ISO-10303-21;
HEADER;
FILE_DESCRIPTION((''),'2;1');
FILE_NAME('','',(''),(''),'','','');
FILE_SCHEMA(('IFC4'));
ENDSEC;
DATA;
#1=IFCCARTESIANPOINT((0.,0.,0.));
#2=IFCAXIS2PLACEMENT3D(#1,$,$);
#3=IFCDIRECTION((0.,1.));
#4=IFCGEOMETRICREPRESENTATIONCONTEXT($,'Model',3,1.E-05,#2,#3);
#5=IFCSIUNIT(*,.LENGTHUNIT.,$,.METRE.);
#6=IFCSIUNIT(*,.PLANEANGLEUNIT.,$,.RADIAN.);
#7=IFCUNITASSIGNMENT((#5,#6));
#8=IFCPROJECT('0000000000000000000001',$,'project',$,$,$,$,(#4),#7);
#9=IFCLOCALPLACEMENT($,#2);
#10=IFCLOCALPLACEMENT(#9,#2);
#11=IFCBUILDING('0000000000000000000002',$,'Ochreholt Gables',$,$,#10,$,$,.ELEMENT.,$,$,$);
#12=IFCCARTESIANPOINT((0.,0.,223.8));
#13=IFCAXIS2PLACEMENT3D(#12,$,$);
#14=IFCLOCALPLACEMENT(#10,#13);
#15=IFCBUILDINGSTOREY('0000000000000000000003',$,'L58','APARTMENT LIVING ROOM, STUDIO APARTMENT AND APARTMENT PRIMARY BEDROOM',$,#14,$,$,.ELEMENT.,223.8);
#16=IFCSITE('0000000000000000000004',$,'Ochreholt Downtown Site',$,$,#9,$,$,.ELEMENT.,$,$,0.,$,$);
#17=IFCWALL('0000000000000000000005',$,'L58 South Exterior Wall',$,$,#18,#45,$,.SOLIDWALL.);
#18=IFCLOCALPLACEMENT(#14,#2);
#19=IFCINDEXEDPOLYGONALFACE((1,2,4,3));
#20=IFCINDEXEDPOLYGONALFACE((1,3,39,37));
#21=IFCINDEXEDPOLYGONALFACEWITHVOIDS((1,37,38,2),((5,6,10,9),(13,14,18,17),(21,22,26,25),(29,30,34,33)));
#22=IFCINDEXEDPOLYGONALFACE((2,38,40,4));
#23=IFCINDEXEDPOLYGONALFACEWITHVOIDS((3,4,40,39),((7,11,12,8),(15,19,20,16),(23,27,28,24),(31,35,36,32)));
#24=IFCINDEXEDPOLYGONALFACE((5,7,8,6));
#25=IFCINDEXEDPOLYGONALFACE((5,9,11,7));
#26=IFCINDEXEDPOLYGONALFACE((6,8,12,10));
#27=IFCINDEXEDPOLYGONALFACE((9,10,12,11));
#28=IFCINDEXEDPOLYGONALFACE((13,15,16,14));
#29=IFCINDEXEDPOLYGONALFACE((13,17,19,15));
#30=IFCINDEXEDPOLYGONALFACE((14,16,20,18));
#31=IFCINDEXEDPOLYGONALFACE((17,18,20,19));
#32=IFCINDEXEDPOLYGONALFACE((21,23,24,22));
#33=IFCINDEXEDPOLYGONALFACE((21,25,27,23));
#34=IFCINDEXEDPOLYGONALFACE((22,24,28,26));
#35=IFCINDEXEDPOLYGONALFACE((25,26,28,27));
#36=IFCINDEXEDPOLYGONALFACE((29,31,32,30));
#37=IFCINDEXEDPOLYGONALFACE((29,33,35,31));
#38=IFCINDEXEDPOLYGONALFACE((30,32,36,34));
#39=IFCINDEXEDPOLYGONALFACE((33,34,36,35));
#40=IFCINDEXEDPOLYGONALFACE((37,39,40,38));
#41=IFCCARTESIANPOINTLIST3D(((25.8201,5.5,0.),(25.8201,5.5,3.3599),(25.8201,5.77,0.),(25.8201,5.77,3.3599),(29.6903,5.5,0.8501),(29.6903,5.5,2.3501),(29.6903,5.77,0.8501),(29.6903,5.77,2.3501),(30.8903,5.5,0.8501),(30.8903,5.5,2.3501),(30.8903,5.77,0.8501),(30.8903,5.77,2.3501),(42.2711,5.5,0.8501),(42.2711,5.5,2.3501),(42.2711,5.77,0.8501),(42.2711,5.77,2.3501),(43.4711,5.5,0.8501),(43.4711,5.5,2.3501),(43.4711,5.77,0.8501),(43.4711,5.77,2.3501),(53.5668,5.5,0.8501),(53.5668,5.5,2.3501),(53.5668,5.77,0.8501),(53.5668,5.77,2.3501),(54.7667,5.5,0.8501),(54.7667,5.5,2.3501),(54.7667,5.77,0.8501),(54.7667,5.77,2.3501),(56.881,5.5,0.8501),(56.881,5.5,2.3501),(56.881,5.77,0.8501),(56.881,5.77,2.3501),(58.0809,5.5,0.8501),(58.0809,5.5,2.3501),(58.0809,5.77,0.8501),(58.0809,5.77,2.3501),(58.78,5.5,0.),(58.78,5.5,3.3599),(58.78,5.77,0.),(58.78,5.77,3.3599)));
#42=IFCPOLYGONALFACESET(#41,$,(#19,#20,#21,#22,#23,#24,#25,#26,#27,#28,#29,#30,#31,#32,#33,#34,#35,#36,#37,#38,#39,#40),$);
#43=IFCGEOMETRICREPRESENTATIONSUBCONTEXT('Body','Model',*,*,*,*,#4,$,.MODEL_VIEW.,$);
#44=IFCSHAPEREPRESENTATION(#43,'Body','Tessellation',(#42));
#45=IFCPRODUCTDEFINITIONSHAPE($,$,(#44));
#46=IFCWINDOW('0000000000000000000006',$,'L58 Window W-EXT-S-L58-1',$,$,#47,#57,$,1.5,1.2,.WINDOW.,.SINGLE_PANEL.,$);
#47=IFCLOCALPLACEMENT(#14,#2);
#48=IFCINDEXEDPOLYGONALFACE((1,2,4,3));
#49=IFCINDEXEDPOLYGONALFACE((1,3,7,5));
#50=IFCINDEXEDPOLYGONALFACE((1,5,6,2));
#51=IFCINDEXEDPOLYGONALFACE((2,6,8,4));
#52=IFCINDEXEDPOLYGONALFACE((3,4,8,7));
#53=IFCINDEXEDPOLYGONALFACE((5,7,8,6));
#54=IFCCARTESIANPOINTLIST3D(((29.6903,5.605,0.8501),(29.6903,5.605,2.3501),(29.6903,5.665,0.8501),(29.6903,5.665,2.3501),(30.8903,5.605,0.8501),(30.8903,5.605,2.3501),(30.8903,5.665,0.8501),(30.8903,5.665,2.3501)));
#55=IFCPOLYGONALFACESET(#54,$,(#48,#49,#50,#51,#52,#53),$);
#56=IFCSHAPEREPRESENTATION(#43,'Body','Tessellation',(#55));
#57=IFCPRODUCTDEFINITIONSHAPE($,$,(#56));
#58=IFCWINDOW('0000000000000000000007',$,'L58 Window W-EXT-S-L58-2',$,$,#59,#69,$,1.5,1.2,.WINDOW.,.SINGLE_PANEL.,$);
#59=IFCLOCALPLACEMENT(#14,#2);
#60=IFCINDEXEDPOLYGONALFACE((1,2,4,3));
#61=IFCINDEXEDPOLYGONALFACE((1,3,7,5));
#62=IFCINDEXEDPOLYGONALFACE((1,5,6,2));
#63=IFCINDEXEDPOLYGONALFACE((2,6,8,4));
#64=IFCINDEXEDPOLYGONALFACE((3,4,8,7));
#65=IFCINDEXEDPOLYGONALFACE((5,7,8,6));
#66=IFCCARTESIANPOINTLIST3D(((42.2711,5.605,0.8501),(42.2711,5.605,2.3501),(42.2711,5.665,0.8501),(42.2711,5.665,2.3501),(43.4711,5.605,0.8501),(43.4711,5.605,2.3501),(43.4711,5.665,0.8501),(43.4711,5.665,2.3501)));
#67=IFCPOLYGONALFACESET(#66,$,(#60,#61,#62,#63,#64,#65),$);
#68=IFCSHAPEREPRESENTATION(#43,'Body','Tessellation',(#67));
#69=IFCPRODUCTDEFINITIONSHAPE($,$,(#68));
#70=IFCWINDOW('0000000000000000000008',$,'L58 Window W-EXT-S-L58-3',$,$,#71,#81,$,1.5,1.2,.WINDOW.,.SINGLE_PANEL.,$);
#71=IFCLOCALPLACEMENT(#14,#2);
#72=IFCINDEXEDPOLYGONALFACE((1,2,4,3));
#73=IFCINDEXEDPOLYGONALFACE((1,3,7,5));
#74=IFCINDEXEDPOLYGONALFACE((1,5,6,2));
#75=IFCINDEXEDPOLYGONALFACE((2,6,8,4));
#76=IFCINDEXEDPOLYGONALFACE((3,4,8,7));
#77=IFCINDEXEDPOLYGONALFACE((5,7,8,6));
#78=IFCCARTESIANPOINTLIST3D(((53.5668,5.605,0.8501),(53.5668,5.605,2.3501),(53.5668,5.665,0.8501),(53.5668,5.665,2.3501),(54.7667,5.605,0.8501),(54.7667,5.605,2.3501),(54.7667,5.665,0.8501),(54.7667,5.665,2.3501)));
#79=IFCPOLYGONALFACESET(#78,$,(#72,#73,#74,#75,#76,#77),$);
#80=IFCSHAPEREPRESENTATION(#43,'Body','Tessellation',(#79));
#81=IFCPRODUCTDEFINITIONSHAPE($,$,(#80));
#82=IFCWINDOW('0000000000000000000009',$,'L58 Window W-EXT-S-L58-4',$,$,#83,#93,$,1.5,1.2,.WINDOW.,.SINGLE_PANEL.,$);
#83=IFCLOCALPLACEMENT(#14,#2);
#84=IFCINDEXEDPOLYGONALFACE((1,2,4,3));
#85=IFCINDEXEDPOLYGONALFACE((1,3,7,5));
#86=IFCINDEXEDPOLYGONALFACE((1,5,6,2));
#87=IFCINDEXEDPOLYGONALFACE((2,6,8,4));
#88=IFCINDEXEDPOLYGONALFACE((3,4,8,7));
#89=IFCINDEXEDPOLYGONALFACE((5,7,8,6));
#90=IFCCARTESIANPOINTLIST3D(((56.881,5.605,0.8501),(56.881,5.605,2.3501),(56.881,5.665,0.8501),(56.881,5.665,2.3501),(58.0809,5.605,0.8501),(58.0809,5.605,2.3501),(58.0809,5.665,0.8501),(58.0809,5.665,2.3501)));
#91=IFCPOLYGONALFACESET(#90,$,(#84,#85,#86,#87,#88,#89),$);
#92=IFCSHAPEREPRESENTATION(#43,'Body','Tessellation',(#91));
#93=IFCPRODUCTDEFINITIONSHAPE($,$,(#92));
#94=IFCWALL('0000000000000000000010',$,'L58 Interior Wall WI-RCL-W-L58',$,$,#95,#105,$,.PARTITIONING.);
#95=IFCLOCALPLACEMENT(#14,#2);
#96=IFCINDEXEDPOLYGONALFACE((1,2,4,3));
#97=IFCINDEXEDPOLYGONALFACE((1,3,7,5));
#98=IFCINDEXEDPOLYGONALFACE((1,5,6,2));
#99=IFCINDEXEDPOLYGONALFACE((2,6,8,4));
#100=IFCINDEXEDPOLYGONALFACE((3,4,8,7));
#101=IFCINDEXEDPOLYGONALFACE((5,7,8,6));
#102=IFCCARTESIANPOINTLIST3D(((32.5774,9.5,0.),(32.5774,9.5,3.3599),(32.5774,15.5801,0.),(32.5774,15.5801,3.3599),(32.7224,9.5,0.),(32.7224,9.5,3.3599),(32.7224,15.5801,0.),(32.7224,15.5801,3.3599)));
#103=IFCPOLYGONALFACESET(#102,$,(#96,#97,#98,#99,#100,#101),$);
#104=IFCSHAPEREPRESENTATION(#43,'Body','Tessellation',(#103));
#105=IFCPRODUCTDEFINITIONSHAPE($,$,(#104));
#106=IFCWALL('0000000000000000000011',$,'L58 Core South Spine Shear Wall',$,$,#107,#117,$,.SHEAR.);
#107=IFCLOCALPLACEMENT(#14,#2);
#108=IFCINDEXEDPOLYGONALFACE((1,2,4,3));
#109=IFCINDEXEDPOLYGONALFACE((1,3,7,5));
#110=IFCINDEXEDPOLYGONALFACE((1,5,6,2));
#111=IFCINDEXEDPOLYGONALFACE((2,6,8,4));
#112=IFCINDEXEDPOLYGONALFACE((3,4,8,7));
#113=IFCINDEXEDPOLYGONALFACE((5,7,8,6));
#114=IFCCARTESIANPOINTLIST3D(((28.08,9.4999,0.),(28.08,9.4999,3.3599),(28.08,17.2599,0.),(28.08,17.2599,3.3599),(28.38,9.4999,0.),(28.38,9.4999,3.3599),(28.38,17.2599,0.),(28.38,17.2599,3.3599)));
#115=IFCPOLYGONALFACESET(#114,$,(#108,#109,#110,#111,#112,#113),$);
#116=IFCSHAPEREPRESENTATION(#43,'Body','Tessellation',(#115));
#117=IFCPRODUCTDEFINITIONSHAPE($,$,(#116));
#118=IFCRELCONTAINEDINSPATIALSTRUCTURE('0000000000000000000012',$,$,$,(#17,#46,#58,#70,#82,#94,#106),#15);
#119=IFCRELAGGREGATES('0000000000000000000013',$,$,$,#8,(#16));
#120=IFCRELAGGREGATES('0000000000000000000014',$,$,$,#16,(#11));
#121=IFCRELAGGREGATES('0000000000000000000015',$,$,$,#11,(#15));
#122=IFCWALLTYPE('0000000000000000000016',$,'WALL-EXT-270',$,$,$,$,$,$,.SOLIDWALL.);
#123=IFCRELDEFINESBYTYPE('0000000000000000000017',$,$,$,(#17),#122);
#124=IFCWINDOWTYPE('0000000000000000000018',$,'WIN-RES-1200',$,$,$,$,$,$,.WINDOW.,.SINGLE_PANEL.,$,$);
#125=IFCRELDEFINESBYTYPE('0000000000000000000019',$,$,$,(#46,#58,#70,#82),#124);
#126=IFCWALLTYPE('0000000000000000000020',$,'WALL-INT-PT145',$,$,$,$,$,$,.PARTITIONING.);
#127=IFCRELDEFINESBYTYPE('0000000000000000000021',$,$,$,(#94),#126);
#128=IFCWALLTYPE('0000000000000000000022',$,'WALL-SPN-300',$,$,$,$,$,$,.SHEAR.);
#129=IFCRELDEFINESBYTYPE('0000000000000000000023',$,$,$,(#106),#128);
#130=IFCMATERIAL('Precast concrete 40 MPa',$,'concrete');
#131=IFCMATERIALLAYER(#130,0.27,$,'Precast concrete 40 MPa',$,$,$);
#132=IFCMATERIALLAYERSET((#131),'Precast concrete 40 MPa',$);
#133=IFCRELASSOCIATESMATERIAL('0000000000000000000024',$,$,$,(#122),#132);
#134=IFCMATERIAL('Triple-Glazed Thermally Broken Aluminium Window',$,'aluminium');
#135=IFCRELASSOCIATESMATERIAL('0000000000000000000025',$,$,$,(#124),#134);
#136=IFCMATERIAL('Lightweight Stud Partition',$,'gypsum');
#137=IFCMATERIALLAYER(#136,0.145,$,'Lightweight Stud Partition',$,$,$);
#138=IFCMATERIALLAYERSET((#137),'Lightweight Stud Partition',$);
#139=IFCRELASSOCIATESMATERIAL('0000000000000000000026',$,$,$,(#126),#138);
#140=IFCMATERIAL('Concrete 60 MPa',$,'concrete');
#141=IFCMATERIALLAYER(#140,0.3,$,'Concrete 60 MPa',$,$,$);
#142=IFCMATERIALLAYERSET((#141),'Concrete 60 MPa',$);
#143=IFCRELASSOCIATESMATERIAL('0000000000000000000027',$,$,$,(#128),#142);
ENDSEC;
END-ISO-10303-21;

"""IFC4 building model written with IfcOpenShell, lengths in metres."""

from ifc_helpers import new_model, si_unit, direction, frame, frame_2d, origin, place, context, subcontext, project, spatial, rectangle, extrude, material, layer, layer_set, type_object, element, fill, save


model = new_model("IFC4")

# Units and contexts
model_context = context("Model", 3, precision=1e-05, world=origin(), true_north=direction((0.0, 1.0)))
body_context = subcontext(model_context, "Body", "Model", "MODEL_VIEW")
ifc_project = project(units=[si_unit("LENGTHUNIT", "METRE"), si_unit("PLANEANGLEUNIT", "RADIAN")], contexts=[model_context])

# Site, building, storey
site_placement = place(None, origin())
site = spatial("IfcSite", under=ifc_project, at=site_placement, Name="Ochreholt Downtown Site", CompositionType="ELEMENT", RefElevation=0.0)
building_placement = place(site_placement, origin())
building = spatial("IfcBuilding", under=site, at=building_placement, Name="Ochreholt Gables", CompositionType="ELEMENT")
storey_placement = place(building_placement, frame((0.0, 0.0, 223.8)))
storey = spatial("IfcBuildingStorey", under=building, at=storey_placement, Name="L58", Description="APARTMENT LIVING ROOM, STUDIO APARTMENT AND APARTMENT PRIMARY BEDROOM", CompositionType="ELEMENT", Elevation=223.8)

# Wall, openings, windows
ifc_material_1 = material(Name="Precast concrete 40 MPa", Category="concrete")
ifc_layer_1 = layer(ifc_material_1, 0.27, Name="Precast concrete 40 MPa")
ifc_layer_set_1 = layer_set([ifc_layer_1], Name="Precast concrete 40 MPa")
wall_type_1 = type_object("IfcWallType", Name="WALL-EXT-270", PredefinedType="SOLIDWALL", material=ifc_layer_set_1)
wall_1_placement = place(storey_placement, frame((25.8201, 5.635, 0.0), z_axis=(0.0, 0.0, 1.0), x_axis=(1.0, 0.0, 0.0)))
wall_1 = element("IfcWall", 1, at=wall_1_placement, inside=storey, type_object=wall_type_1, Name="L58 South Exterior Wall", PredefinedType="SOLIDWALL", context=body_context, shape_type="SweptSolid", body=[
    extrude(rectangle(XDim=32.96, YDim=0.27, at=frame_2d((16.48, 0.0))), origin(), (0.0, 0.0, 1.0), 3.3599),
])
opening_1_placement = place(wall_1_placement, frame((3.8701, 0.0, 0.8501)))
opening_1 = element("IfcOpeningElement", 2, at=opening_1_placement, cuts=wall_1, PredefinedType="OPENING", context=body_context, shape_type="SweptSolid", body=[
    extrude(rectangle(XDim=1.2, YDim=1.5, at=frame_2d((0.6001, 0.75))), frame((0.0, 0.145, 0.0), z_axis=(0.0, -1.0, 0.0), x_axis=(1.0, 0.0, 0.0)), (0.0, 0.0, 1.0), 0.29),
])
opening_2_placement = place(wall_1_placement, frame((16.4509, 0.0, 0.8501)))
opening_2 = element("IfcOpeningElement", 3, at=opening_2_placement, cuts=wall_1, PredefinedType="OPENING", context=body_context, shape_type="SweptSolid", body=[
    extrude(rectangle(XDim=1.2, YDim=1.5, at=frame_2d((0.6001, 0.75))), frame((0.0, 0.145, 0.0), z_axis=(0.0, -1.0, 0.0), x_axis=(1.0, 0.0, 0.0)), (0.0, 0.0, 1.0), 0.29),
])
opening_3_placement = place(wall_1_placement, frame((27.7466, 0.0, 0.8501)))
opening_3 = element("IfcOpeningElement", 4, at=opening_3_placement, cuts=wall_1, PredefinedType="OPENING", context=body_context, shape_type="SweptSolid", body=[
    extrude(rectangle(XDim=1.2, YDim=1.5, at=frame_2d((0.6001, 0.75))), frame((0.0, 0.145, 0.0), z_axis=(0.0, -1.0, 0.0), x_axis=(1.0, 0.0, 0.0)), (0.0, 0.0, 1.0), 0.29),
])
opening_4_placement = place(wall_1_placement, frame((31.0608, 0.0, 0.8501)))
opening_4 = element("IfcOpeningElement", 5, at=opening_4_placement, cuts=wall_1, PredefinedType="OPENING", context=body_context, shape_type="SweptSolid", body=[
    extrude(rectangle(XDim=1.2, YDim=1.5, at=frame_2d((0.6001, 0.75))), frame((0.0, 0.145, 0.0), z_axis=(0.0, -1.0, 0.0), x_axis=(1.0, 0.0, 0.0)), (0.0, 0.0, 1.0), 0.29),
])
ifc_material_2 = material(Name="Triple-Glazed Thermally Broken Aluminium Window", Category="aluminium")
window_type = type_object("IfcWindowType", Name="WIN-RES-1200", PartitioningType="SINGLE_PANEL", PredefinedType="WINDOW", material=ifc_material_2)
window_1_placement = place(opening_1_placement, origin())
window_1 = element("IfcWindow", 6, at=window_1_placement, inside=storey, type_object=window_type, Name="L58 Window W-EXT-S-L58-1", OverallHeight=1.5, OverallWidth=1.2, PartitioningType="SINGLE_PANEL", PredefinedType="WINDOW", context=body_context, shape_type="SweptSolid", body=[
    extrude(rectangle(XDim=1.2, YDim=1.5, at=frame_2d((0.6001, 0.75))), frame((0.0, 0.03, 0.0), z_axis=(0.0, -1.0, 0.0), x_axis=(1.0, 0.0, 0.0)), (0.0, 0.0, 1.0), 0.0601),
])
fill(opening_1, window_1)
window_2_placement = place(opening_2_placement, origin())
window_2 = element("IfcWindow", 7, at=window_2_placement, inside=storey, type_object=window_type, Name="L58 Window W-EXT-S-L58-2", OverallHeight=1.5, OverallWidth=1.2, PartitioningType="SINGLE_PANEL", PredefinedType="WINDOW", context=body_context, shape_type="SweptSolid", body=[
    extrude(rectangle(XDim=1.2, YDim=1.5, at=frame_2d((0.6001, 0.75))), frame((0.0, 0.03, 0.0), z_axis=(0.0, -1.0, 0.0), x_axis=(1.0, 0.0, 0.0)), (0.0, 0.0, 1.0), 0.0601),
])
fill(opening_2, window_2)
window_3_placement = place(opening_3_placement, origin())
window_3 = element("IfcWindow", 8, at=window_3_placement, inside=storey, type_object=window_type, Name="L58 Window W-EXT-S-L58-3", OverallHeight=1.5, OverallWidth=1.2, PartitioningType="SINGLE_PANEL", PredefinedType="WINDOW", context=body_context, shape_type="SweptSolid", body=[
    extrude(rectangle(XDim=1.2, YDim=1.5, at=frame_2d((0.6001, 0.75))), frame((0.0, 0.03, 0.0), z_axis=(0.0, -1.0, 0.0), x_axis=(1.0, 0.0, 0.0)), (0.0, 0.0, 1.0), 0.0601),
])
fill(opening_3, window_3)
window_4_placement = place(opening_4_placement, origin())
window_4 = element("IfcWindow", 9, at=window_4_placement, inside=storey, type_object=window_type, Name="L58 Window W-EXT-S-L58-4", OverallHeight=1.5, OverallWidth=1.2, PartitioningType="SINGLE_PANEL", PredefinedType="WINDOW", context=body_context, shape_type="SweptSolid", body=[
    extrude(rectangle(XDim=1.2, YDim=1.5, at=frame_2d((0.6001, 0.75))), frame((0.0, 0.03, 0.0), z_axis=(0.0, -1.0, 0.0), x_axis=(1.0, 0.0, 0.0)), (0.0, 0.0, 1.0), 0.0601),
])
fill(opening_4, window_4)

# Walls
ifc_material_3 = material(Name="Lightweight Stud Partition", Category="gypsum")
ifc_layer_2 = layer(ifc_material_3, 0.145, Name="Lightweight Stud Partition")
ifc_layer_set_2 = layer_set([ifc_layer_2], Name="Lightweight Stud Partition")
wall_type_2 = type_object("IfcWallType", Name="WALL-INT-PT145", PredefinedType="PARTITIONING", material=ifc_layer_set_2)
wall_2_placement = place(storey_placement, frame((32.6499, 9.5, 0.0), z_axis=(0.0, 0.0, 1.0), x_axis=(0.0, 1.0, 0.0)))
element("IfcWall", 10, at=wall_2_placement, inside=storey, type_object=wall_type_2, Name="L58 Interior Wall WI-RCL-W-L58", PredefinedType="PARTITIONING", context=body_context, shape_type="SweptSolid", body=[
    extrude(rectangle(XDim=6.0801, YDim=0.145, at=frame_2d((3.04, 0.0))), origin(), (0.0, 0.0, 1.0), 3.3599),
])
ifc_material_4 = material(Name="Concrete 60 MPa", Category="concrete")
ifc_layer_3 = layer(ifc_material_4, 0.3, Name="Concrete 60 MPa")
ifc_layer_set_3 = layer_set([ifc_layer_3], Name="Concrete 60 MPa")
wall_type_3 = type_object("IfcWallType", Name="WALL-SPN-300", PredefinedType="SHEAR", material=ifc_layer_set_3)
wall_3_placement = place(storey_placement, frame((28.23, 9.5, 0.0), z_axis=(0.0, 0.0, 1.0), x_axis=(0.0, 1.0, 0.0)))
element("IfcWall", 11, at=wall_3_placement, inside=storey, type_object=wall_type_3, Name="L58 Core South Spine Shear Wall", PredefinedType="SHEAR", context=body_context, shape_type="SweptSolid", body=[
    extrude(rectangle(XDim=7.76, YDim=0.3, at=frame_2d((3.8799, 0.0))), origin(), (0.0, 0.0, 1.0), 3.3599),
])

save(model, "model.ifc")
